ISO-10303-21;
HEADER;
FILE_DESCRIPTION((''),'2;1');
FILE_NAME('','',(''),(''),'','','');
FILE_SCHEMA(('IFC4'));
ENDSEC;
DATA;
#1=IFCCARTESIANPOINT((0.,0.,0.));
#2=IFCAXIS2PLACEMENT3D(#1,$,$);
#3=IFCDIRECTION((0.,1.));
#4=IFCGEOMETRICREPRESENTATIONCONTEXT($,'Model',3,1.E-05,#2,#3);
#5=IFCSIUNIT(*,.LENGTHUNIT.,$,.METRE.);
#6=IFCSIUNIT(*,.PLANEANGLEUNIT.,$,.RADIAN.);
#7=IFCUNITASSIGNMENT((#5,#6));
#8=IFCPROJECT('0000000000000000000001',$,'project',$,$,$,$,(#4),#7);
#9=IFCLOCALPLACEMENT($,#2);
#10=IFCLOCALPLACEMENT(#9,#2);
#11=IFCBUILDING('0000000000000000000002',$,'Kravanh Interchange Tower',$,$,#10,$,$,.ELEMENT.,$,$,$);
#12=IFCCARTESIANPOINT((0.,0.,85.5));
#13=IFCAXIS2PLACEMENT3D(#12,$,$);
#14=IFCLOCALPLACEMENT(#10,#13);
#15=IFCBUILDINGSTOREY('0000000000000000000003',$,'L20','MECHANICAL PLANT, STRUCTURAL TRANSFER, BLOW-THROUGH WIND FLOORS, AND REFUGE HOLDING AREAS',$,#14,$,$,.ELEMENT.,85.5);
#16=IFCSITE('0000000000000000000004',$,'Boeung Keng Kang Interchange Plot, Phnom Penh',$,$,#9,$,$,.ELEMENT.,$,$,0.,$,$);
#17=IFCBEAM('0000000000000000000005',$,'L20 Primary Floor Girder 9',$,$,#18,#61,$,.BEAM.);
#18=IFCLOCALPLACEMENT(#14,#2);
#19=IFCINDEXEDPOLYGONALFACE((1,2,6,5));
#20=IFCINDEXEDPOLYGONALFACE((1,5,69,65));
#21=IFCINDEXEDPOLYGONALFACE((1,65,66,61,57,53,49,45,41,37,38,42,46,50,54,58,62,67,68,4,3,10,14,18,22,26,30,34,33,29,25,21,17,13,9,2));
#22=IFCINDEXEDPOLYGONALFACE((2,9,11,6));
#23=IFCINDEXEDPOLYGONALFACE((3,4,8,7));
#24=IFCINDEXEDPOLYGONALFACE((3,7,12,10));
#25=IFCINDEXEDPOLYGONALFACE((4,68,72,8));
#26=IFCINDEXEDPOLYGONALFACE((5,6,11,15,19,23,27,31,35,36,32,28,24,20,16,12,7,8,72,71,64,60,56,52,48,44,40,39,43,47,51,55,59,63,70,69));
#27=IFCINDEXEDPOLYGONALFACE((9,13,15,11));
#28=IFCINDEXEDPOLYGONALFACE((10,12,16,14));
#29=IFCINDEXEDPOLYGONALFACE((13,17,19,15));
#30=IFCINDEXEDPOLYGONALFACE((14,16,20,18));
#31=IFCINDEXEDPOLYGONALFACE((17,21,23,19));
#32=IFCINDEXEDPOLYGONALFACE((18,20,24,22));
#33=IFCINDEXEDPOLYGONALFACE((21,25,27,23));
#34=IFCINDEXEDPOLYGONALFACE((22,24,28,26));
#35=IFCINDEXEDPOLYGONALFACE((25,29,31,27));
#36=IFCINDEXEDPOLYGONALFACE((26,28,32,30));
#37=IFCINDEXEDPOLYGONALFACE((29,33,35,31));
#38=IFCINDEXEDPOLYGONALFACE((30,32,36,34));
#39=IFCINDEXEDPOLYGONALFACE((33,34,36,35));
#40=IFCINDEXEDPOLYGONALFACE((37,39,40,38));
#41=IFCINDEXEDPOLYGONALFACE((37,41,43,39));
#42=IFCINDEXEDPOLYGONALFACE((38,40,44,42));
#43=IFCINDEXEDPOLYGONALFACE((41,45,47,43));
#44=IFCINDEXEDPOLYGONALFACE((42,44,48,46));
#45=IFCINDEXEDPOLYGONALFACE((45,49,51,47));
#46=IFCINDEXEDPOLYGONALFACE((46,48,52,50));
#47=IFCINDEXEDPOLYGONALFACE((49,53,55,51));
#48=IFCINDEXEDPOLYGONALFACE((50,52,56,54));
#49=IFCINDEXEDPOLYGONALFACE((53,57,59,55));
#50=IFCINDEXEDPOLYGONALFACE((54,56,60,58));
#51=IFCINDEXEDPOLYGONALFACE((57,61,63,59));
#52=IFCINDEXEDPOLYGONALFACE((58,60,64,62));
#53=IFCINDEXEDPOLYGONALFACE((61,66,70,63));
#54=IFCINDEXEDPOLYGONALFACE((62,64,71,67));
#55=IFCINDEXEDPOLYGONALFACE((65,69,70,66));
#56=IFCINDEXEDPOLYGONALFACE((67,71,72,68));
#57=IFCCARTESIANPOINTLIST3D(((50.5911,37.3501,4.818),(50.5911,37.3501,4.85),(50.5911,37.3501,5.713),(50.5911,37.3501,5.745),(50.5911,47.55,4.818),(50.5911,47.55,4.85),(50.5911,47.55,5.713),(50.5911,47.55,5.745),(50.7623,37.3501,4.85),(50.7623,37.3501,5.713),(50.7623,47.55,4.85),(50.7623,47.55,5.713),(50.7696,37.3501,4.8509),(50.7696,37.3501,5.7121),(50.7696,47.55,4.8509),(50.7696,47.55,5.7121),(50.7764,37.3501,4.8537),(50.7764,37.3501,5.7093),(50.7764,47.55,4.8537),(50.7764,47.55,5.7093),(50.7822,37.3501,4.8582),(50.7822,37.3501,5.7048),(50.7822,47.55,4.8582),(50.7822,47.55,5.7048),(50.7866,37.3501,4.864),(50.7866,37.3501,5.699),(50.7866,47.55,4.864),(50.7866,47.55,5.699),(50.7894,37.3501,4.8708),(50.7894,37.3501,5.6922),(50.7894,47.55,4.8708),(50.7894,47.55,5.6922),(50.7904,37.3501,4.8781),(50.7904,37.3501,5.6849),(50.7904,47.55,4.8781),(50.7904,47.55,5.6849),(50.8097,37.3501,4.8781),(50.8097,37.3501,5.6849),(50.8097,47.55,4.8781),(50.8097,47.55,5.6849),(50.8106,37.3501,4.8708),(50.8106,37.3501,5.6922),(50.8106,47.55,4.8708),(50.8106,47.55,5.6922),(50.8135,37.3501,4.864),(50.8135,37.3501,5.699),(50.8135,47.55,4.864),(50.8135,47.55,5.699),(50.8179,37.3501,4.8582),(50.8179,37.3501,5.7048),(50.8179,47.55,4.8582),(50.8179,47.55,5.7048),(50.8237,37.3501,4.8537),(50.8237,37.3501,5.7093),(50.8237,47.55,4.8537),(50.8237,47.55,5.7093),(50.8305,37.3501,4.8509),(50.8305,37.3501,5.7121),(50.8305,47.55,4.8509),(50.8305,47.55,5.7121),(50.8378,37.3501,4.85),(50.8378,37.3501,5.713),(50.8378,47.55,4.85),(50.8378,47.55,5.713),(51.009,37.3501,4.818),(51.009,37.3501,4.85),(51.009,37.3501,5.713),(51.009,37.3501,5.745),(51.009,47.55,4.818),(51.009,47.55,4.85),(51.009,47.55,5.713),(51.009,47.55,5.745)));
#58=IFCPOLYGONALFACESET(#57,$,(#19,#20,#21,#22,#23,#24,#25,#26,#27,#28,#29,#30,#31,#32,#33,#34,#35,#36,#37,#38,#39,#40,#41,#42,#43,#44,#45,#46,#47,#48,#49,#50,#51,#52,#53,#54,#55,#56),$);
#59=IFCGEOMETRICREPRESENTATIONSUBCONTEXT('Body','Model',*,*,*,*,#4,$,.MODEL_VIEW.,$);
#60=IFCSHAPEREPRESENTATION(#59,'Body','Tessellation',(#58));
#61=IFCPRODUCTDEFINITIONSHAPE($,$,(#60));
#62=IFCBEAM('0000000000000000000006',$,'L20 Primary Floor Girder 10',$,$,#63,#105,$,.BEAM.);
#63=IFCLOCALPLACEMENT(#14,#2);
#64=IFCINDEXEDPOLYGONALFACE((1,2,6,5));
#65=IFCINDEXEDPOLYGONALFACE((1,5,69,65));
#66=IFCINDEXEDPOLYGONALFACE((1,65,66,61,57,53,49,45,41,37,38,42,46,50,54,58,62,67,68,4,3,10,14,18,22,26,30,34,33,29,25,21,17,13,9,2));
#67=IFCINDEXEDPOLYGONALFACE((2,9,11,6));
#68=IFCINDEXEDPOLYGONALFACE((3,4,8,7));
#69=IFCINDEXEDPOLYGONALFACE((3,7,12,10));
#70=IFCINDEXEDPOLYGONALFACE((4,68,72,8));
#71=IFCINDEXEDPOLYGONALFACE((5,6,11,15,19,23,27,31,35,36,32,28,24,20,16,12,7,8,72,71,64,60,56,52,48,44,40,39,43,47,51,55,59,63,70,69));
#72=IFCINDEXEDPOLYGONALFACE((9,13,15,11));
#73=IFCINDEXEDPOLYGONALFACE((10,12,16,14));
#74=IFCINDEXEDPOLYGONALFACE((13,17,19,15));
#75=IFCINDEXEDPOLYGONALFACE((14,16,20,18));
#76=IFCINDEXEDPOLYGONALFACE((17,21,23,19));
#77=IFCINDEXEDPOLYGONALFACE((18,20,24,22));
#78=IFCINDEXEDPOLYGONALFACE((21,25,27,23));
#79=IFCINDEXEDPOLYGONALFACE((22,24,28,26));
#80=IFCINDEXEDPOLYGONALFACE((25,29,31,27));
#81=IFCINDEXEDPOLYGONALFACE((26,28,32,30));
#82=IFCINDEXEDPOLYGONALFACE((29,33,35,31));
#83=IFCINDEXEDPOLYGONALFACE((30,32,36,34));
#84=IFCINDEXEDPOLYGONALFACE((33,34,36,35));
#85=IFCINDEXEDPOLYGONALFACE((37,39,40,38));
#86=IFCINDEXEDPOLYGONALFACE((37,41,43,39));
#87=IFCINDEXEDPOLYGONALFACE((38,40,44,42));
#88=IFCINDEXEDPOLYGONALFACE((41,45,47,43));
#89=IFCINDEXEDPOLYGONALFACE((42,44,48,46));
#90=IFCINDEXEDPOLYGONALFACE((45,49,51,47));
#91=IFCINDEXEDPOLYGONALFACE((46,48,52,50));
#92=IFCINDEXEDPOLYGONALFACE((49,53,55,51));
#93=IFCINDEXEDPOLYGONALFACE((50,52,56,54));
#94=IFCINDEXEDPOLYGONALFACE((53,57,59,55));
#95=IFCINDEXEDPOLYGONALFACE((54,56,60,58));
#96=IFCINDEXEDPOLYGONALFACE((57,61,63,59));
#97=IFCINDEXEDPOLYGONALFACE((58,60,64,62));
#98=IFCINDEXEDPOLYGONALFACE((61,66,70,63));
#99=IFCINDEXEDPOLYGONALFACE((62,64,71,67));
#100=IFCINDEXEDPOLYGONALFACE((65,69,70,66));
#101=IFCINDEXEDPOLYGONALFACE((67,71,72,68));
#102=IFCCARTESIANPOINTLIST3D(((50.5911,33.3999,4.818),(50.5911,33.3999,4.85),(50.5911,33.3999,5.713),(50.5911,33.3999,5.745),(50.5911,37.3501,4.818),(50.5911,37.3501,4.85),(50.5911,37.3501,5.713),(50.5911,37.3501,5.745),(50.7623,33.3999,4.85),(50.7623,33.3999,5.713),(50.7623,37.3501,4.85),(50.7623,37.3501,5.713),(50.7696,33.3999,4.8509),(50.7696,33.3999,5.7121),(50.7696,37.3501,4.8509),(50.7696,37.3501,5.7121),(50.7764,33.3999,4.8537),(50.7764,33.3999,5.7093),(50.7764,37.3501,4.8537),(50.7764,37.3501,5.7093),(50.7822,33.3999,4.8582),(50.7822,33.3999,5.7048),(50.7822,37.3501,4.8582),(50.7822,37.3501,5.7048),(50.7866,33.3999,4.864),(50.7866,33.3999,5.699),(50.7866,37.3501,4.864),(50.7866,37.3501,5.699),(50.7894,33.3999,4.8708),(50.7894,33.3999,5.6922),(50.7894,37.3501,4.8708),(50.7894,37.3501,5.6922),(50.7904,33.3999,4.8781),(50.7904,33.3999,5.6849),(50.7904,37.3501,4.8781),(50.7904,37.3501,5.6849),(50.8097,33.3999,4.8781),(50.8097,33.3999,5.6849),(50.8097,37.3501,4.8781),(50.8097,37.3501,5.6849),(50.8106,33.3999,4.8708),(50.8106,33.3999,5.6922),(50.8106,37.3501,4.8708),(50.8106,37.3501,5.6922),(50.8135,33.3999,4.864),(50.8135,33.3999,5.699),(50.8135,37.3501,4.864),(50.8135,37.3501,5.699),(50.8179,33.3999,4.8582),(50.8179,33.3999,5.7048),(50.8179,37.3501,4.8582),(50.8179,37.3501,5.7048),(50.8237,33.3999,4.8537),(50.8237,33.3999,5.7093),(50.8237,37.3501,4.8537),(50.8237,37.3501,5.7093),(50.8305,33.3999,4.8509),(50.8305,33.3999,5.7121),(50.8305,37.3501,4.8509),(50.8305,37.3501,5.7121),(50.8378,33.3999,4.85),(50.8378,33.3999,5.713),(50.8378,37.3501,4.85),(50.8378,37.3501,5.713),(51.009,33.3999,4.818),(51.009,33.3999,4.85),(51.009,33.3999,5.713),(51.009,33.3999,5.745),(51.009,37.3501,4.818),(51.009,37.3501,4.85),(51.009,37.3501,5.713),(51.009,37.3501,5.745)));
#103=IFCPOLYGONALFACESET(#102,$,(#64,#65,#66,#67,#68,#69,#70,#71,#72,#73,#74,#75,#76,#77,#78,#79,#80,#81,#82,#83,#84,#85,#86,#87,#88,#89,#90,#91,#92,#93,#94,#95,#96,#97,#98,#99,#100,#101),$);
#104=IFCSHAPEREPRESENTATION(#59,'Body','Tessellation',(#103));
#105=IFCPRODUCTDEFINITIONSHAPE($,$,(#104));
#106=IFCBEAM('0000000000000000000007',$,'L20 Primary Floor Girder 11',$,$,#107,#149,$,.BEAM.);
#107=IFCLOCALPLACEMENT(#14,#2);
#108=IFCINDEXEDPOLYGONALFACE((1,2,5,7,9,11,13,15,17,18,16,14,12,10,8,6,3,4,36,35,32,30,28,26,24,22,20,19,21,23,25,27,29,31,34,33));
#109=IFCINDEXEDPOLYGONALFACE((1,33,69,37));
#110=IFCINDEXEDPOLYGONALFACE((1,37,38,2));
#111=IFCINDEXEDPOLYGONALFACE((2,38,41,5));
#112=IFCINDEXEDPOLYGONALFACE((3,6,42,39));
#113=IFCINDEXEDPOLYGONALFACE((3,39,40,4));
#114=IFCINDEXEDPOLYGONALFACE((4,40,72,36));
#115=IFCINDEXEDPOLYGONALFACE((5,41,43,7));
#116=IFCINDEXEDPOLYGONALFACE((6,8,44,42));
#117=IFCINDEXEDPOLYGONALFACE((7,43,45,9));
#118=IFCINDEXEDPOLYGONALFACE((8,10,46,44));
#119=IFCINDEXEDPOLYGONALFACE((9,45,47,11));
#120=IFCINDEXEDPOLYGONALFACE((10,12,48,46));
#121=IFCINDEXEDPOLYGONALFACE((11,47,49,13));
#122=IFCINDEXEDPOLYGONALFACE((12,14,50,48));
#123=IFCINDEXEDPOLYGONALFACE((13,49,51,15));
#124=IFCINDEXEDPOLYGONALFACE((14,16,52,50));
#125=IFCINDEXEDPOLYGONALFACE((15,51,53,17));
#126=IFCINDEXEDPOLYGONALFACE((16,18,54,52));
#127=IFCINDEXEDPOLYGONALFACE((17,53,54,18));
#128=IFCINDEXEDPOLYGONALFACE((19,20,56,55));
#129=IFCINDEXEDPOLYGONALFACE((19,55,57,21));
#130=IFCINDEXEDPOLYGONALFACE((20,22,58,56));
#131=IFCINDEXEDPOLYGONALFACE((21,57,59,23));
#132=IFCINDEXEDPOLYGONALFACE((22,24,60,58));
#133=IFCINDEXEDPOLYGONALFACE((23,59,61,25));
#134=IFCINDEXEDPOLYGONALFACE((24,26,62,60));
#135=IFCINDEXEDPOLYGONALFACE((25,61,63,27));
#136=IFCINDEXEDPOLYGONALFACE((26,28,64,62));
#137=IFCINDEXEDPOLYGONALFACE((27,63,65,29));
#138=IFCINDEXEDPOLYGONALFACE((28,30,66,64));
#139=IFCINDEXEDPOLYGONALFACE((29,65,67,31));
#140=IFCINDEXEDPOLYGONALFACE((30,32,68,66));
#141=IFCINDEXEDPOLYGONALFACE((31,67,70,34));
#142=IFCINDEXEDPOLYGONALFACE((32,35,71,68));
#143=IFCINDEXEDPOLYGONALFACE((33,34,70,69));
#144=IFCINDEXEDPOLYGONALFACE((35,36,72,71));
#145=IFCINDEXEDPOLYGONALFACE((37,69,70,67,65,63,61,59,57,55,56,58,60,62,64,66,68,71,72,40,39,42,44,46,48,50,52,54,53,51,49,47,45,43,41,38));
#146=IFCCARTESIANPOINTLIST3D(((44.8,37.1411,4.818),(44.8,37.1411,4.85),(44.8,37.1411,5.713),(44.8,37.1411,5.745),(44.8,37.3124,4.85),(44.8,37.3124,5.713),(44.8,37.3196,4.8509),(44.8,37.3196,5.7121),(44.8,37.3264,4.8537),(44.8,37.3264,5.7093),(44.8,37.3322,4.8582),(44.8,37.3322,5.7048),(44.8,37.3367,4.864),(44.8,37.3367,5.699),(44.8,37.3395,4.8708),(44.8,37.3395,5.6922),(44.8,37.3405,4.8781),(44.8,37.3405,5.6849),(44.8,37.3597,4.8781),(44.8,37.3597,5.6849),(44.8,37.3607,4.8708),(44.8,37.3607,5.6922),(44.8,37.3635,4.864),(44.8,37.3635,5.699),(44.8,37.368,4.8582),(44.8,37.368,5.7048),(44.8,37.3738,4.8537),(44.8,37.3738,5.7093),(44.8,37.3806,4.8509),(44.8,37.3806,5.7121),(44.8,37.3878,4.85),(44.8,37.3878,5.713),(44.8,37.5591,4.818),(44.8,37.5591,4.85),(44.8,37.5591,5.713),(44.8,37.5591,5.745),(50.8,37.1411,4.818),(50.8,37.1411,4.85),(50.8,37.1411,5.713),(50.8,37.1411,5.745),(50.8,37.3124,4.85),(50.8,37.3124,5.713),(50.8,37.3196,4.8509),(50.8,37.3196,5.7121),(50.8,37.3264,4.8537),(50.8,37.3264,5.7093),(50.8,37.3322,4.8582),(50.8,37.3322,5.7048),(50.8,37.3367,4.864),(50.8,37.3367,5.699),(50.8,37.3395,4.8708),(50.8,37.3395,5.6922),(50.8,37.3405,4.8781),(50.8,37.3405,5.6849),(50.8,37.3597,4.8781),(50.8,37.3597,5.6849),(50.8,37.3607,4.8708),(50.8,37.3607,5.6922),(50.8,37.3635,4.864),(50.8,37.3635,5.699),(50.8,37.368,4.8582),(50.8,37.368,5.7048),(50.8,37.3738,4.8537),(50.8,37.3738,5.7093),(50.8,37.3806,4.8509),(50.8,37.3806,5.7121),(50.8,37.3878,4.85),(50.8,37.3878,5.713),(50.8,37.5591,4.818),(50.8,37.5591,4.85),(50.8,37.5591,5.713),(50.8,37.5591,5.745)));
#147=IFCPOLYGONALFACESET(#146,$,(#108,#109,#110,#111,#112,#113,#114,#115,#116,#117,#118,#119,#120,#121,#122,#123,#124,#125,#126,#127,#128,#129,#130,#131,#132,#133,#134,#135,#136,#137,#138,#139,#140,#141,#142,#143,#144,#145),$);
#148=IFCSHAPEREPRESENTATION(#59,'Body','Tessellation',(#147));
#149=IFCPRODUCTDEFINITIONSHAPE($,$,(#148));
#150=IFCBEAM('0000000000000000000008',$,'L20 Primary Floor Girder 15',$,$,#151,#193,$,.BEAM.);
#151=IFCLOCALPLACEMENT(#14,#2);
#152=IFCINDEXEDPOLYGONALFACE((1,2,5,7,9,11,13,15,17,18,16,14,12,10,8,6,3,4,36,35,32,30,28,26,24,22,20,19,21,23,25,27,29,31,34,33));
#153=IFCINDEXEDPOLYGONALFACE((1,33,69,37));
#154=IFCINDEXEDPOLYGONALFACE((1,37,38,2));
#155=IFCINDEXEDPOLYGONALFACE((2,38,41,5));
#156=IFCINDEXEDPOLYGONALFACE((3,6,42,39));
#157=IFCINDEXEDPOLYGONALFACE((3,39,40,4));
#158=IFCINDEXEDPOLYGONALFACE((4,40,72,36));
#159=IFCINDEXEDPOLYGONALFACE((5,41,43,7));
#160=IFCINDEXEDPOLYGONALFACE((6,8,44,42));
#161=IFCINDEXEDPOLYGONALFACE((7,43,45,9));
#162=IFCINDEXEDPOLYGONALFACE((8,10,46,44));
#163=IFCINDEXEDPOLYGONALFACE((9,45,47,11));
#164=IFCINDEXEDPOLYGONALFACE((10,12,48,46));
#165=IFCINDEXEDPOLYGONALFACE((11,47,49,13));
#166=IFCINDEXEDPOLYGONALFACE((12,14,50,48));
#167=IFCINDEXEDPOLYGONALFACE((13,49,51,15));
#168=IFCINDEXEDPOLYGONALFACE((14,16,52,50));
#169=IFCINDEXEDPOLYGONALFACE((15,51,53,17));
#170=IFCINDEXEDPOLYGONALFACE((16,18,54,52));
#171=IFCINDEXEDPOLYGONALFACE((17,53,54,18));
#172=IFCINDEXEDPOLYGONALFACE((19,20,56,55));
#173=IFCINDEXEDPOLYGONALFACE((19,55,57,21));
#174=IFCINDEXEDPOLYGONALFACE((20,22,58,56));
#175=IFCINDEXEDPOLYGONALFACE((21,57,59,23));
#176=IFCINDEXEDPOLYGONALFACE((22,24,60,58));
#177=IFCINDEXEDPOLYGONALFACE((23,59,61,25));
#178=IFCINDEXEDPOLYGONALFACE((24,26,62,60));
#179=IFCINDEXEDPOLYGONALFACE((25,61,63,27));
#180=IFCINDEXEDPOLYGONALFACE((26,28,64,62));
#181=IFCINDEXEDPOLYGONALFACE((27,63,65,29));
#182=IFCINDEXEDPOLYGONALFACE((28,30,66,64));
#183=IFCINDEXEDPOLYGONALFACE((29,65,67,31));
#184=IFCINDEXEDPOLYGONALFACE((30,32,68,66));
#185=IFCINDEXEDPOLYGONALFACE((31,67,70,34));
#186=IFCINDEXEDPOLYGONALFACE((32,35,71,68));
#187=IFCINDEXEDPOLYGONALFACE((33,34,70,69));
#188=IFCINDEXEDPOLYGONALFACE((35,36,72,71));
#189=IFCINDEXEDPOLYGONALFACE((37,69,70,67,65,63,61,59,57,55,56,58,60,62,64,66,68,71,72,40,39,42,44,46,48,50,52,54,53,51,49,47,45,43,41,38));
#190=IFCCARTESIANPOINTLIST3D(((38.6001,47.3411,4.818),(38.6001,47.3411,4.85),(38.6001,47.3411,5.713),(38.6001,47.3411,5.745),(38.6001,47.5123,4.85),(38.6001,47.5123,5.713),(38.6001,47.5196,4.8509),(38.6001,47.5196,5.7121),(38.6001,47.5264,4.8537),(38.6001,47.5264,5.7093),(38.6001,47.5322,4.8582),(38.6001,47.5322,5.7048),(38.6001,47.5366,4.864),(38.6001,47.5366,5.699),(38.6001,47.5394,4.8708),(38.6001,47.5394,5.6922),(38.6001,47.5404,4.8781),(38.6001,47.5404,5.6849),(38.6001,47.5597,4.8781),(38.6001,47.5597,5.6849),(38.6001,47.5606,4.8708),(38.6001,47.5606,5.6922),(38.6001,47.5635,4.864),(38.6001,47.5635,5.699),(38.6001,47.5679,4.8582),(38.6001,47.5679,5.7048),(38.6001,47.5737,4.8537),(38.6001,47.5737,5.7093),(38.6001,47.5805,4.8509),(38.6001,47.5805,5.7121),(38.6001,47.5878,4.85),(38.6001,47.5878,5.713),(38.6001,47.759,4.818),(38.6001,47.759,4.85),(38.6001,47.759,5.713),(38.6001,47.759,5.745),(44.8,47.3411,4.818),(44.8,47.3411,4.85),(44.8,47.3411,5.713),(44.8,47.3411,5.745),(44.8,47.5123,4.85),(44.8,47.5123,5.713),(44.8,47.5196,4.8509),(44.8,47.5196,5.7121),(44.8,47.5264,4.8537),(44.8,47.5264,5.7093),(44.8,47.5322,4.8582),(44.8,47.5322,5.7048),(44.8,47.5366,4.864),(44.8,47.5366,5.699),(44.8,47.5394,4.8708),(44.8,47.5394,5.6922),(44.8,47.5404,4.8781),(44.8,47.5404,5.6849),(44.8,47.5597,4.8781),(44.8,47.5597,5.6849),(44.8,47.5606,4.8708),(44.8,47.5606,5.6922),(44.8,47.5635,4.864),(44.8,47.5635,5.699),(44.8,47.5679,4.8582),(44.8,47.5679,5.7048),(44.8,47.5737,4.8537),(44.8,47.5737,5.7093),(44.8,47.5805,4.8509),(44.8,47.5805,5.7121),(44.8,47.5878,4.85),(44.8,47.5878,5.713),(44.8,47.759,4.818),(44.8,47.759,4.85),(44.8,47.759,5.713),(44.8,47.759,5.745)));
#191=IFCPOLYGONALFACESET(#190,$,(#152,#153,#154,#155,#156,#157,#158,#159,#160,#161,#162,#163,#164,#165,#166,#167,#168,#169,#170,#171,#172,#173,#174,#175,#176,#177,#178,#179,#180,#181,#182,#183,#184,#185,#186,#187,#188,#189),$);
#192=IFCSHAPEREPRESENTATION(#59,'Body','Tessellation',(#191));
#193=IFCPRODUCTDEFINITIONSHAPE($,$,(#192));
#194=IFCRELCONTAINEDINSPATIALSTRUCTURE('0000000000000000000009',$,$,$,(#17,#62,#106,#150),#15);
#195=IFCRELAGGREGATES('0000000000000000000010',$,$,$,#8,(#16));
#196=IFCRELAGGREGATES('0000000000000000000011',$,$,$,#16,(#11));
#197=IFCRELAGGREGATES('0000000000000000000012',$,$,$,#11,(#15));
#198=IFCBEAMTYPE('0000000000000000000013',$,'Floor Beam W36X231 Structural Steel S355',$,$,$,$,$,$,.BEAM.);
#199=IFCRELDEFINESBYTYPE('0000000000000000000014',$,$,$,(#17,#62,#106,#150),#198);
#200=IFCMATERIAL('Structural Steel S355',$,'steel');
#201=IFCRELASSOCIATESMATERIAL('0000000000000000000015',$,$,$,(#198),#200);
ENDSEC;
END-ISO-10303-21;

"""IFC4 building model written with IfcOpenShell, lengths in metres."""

from ifc_helpers import new_model, si_unit, direction, frame, origin, origin_2d, place, context, subcontext, project, spatial, i_section, extrude, material, material_profile, profile_set, type_object, element, save


model = new_model("IFC4")

# Units and contexts
model_context = context("Model", 3, precision=1e-05, world=origin(), true_north=direction((0.0, 1.0)))
body_context = subcontext(model_context, "Body", "Model", "MODEL_VIEW")
ifc_project = project(units=[si_unit("LENGTHUNIT", "METRE"), si_unit("PLANEANGLEUNIT", "RADIAN")], contexts=[model_context])

# Site, building, storey
site_placement = place(None, origin())
site = spatial("IfcSite", under=ifc_project, at=site_placement, Name="Boeung Keng Kang Interchange Plot, Phnom Penh", CompositionType="ELEMENT", RefElevation=0.0)
building_placement = place(site_placement, origin())
building = spatial("IfcBuilding", under=site, at=building_placement, Name="Kravanh Interchange Tower", CompositionType="ELEMENT")
storey_placement = place(building_placement, frame((0.0, 0.0, 85.5)))
storey = spatial("IfcBuildingStorey", under=building, at=storey_placement, Name="L20", Description="MECHANICAL PLANT, STRUCTURAL TRANSFER, BLOW-THROUGH WIND FLOORS, AND REFUGE HOLDING AREAS", CompositionType="ELEMENT", Elevation=85.5)

# Beams
ifc_material_1 = material(Name="Structural Steel S355", Category="steel")
ifc_material_profile_1 = material_profile(ifc_material_1, i_section(OverallWidth=0.418, OverallDepth=0.927, WebThickness=0.0193, FlangeThickness=0.032, FilletRadius=0.0281, at=origin_2d()), Name="W36X231")
ifc_profile_set_1 = profile_set([ifc_material_profile_1], Name="Structural Steel S355")
beam_type_1 = type_object("IfcBeamType", Name="Floor Beam W36X231 Structural Steel S355", PredefinedType="BEAM", material=ifc_profile_set_1)
beam_1_placement = place(storey_placement, frame((50.8, 47.55, 5.2815), z_axis=(0.0, -1.0, 0.0), x_axis=(1.0, 0.0, 0.0)))
element("IfcBeam", 1, at=beam_1_placement, inside=storey, type_object=beam_type_1, Name="L20 Primary Floor Girder 9", PredefinedType="BEAM", context=body_context, shape_type="SweptSolid", body=[
    extrude(i_section(OverallWidth=0.418, OverallDepth=0.927, WebThickness=0.0193, FlangeThickness=0.032, FilletRadius=0.0281, at=origin_2d()), origin(), (0.0, 0.0, 1.0), 10.2),
])
beam_2_placement = place(storey_placement, frame((50.8, 37.3501, 5.2815), z_axis=(0.0, -1.0, 0.0), x_axis=(1.0, 0.0, 0.0)))
element("IfcBeam", 2, at=beam_2_placement, inside=storey, type_object=beam_type_1, Name="L20 Primary Floor Girder 10", PredefinedType="BEAM", context=body_context, shape_type="SweptSolid", body=[
    extrude(i_section(OverallWidth=0.418, OverallDepth=0.927, WebThickness=0.0193, FlangeThickness=0.032, FilletRadius=0.0281, at=origin_2d()), origin(), (0.0, 0.0, 1.0), 3.9502),
])
beam_3_placement = place(storey_placement, frame((50.8, 37.3501, 5.2815), z_axis=(-1.0, 0.0, 0.0), x_axis=(0.0, -1.0, 0.0)))
element("IfcBeam", 3, at=beam_3_placement, inside=storey, type_object=beam_type_1, Name="L20 Primary Floor Girder 11", PredefinedType="BEAM", context=body_context, shape_type="SweptSolid", body=[
    extrude(i_section(OverallWidth=0.418, OverallDepth=0.927, WebThickness=0.0193, FlangeThickness=0.032, FilletRadius=0.0281, at=origin_2d()), origin(), (0.0, 0.0, 1.0), 6.0),
])
beam_4_placement = place(storey_placement, frame((44.8, 47.55, 5.2815), z_axis=(-1.0, 0.0, 0.0), x_axis=(0.0, -1.0, 0.0)))
element("IfcBeam", 4, at=beam_4_placement, inside=storey, type_object=beam_type_1, Name="L20 Primary Floor Girder 15", PredefinedType="BEAM", context=body_context, shape_type="SweptSolid", body=[
    extrude(i_section(OverallWidth=0.418, OverallDepth=0.927, WebThickness=0.0193, FlangeThickness=0.032, FilletRadius=0.0281, at=origin_2d()), origin(), (0.0, 0.0, 1.0), 6.2),
])

save(model, "model.ifc")
